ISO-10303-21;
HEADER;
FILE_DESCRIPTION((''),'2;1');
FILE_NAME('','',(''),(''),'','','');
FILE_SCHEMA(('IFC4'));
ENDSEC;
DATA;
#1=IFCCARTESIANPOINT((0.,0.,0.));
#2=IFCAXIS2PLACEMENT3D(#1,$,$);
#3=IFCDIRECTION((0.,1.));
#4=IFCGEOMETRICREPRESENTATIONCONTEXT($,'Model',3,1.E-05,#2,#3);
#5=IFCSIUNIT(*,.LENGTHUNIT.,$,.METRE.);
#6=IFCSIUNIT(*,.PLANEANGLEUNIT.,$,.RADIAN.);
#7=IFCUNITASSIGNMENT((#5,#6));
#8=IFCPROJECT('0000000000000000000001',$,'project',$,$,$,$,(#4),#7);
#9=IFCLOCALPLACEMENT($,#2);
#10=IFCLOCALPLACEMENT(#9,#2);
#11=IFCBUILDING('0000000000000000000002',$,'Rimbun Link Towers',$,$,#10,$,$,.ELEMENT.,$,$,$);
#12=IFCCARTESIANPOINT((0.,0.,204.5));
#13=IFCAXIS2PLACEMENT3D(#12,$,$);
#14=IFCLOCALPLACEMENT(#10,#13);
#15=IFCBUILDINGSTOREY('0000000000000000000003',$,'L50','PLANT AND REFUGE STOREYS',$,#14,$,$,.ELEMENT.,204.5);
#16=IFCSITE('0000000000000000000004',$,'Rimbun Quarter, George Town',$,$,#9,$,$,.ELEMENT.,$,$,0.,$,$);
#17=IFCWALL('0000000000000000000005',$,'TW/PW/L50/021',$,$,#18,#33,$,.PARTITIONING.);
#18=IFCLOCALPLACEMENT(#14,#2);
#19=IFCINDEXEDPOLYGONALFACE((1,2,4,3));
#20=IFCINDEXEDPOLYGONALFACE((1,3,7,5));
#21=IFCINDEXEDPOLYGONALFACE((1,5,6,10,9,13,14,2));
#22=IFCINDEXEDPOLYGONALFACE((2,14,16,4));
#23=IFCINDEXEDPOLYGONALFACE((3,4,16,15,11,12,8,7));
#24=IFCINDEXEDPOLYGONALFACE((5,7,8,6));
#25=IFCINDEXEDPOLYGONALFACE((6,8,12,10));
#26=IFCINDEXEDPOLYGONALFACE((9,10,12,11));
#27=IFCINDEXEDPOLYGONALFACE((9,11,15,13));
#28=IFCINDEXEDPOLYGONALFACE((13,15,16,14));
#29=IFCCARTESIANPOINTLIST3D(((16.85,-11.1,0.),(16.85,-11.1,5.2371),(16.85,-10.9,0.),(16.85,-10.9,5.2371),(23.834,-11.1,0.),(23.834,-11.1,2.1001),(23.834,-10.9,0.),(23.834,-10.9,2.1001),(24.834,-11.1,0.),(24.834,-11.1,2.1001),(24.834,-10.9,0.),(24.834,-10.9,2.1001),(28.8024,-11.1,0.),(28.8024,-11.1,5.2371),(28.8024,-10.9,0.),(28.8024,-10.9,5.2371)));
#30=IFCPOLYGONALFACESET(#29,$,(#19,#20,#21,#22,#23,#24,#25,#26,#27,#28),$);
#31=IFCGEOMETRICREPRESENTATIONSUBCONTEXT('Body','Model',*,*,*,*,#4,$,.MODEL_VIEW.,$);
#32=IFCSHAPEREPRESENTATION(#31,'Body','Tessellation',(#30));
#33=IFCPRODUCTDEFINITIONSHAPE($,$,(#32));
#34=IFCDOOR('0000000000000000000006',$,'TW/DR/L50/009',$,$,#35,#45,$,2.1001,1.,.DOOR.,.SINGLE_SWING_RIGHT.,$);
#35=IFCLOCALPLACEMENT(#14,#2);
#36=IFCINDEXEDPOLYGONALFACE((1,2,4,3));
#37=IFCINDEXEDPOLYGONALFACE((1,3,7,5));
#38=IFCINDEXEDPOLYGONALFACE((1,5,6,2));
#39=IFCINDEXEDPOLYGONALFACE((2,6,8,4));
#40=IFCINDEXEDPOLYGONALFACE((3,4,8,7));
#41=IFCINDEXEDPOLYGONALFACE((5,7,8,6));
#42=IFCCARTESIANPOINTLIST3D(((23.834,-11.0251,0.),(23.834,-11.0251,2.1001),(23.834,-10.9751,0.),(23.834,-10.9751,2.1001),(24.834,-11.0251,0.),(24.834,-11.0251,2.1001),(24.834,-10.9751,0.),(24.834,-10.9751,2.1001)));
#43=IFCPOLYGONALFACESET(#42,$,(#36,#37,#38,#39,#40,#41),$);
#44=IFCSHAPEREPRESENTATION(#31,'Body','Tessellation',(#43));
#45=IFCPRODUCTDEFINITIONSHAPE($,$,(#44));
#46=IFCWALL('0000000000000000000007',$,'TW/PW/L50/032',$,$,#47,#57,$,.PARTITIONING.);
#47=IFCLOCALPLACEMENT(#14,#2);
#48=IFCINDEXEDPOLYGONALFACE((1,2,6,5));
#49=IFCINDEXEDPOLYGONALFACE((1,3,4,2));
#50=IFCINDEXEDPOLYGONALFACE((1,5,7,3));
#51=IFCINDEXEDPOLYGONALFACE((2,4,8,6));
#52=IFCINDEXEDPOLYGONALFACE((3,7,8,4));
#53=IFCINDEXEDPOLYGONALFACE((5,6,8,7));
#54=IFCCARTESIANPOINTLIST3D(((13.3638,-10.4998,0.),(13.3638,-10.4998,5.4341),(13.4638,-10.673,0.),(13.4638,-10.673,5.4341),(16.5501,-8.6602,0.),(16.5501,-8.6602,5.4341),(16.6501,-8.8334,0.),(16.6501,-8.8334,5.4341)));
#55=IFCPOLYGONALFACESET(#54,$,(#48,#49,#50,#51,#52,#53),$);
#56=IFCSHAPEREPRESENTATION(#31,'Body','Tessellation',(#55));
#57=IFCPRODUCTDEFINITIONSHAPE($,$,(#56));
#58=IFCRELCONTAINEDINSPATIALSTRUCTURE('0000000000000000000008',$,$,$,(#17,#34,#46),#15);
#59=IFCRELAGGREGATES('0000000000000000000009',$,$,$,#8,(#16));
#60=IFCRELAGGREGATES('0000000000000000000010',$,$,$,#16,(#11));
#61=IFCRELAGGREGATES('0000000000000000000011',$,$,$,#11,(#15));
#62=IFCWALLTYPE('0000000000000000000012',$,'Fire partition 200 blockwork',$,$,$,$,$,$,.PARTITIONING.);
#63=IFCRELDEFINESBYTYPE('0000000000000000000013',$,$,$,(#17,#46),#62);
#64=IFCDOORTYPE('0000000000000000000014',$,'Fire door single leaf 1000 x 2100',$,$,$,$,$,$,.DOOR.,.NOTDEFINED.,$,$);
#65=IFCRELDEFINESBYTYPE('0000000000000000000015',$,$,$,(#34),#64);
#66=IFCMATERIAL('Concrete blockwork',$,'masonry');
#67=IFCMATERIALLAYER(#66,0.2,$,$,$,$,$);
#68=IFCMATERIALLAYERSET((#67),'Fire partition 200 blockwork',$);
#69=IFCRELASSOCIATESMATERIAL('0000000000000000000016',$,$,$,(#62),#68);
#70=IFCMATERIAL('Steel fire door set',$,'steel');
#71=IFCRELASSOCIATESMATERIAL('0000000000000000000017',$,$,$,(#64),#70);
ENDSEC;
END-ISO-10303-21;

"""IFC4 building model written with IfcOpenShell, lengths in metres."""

from ifc_helpers import new_model, si_unit, direction, frame, frame_2d, origin, place, context, subcontext, project, spatial, rectangle, extrude, material, layer, layer_set, type_object, element, fill, save


model = new_model("IFC4")

# Units and contexts
model_context = context("Model", 3, precision=1e-05, world=origin(), true_north=direction((0.0, 1.0)))
body_context = subcontext(model_context, "Body", "Model", "MODEL_VIEW")
ifc_project = project(units=[si_unit("LENGTHUNIT", "METRE"), si_unit("PLANEANGLEUNIT", "RADIAN")], contexts=[model_context])

# Site, building, storey
site_placement = place(None, origin())
site = spatial("IfcSite", under=ifc_project, at=site_placement, Name="Rimbun Quarter, George Town", CompositionType="ELEMENT", RefElevation=0.0)
building_placement = place(site_placement, origin())
building = spatial("IfcBuilding", under=site, at=building_placement, Name="Rimbun Link Towers", CompositionType="ELEMENT")
storey_placement = place(building_placement, frame((0.0, 0.0, 204.5)))
storey = spatial("IfcBuildingStorey", under=building, at=storey_placement, Name="L50", Description="PLANT AND REFUGE STOREYS", CompositionType="ELEMENT", Elevation=204.5)

# Shared definitions
ifc_material_1 = material(Name="Concrete blockwork", Category="masonry")
ifc_layer = layer(ifc_material_1, 0.2)
ifc_layer_set = layer_set([ifc_layer], Name="Fire partition 200 blockwork")
wall_type = type_object("IfcWallType", Name="Fire partition 200 blockwork", PredefinedType="PARTITIONING", material=ifc_layer_set)

# Wall, opening, door
wall_1_placement = place(storey_placement, frame((16.8501, -11.0, 0.0), z_axis=(0.0, 0.0, 1.0), x_axis=(1.0, 0.0, 0.0)))
wall_1 = element("IfcWall", 1, at=wall_1_placement, inside=storey, type_object=wall_type, Name="TW/PW/L50/021", PredefinedType="PARTITIONING", context=body_context, shape_type="SweptSolid", body=[
    extrude(rectangle(XDim=11.9524, YDim=0.2, at=frame_2d((5.9761, 0.0))), origin(), (0.0, 0.0, 1.0), 5.2371),
])
opening_placement = place(wall_1_placement, frame((6.9839, 0.0, 0.0)))
opening = element("IfcOpeningElement", 2, at=opening_placement, cuts=wall_1, PredefinedType="OPENING", context=body_context, shape_type="SweptSolid", body=[
    extrude(rectangle(XDim=1.0, YDim=2.1001, at=frame_2d((0.5, 1.05))), frame((0.0, 0.1099, 0.0), z_axis=(0.0, -1.0, 0.0), x_axis=(1.0, 0.0, 0.0)), (0.0, 0.0, 1.0), 0.22),
])
ifc_material_2 = material(Name="Steel fire door set", Category="steel")
door_type = type_object("IfcDoorType", Name="Fire door single leaf 1000 x 2100", OperationType="NOTDEFINED", PredefinedType="DOOR", material=ifc_material_2)
door_placement = place(opening_placement, origin())
door = element("IfcDoor", 3, at=door_placement, inside=storey, type_object=door_type, Name="TW/DR/L50/009", OperationType="SINGLE_SWING_RIGHT", OverallHeight=2.1001, OverallWidth=1.0, PredefinedType="DOOR", context=body_context, shape_type="SweptSolid", body=[
    extrude(rectangle(XDim=1.0, YDim=2.1001, at=frame_2d((0.5, 1.05))), frame((0.0, 0.0249, 0.0), z_axis=(0.0, -1.0, 0.0), x_axis=(1.0, 0.0, 0.0)), (0.0, 0.0, 1.0), 0.05),
])
fill(opening, door)

# Wall
wall_2_placement = place(storey_placement, frame((16.6001, -8.7468, 0.0), z_axis=(0.0, 0.0, 1.0), x_axis=(-0.866025, -0.5, 0.0)))
element("IfcWall", 4, at=wall_2_placement, inside=storey, type_object=wall_type, Name="TW/PW/L50/032", PredefinedType="PARTITIONING", context=body_context, shape_type="SweptSolid", body=[
    extrude(rectangle(XDim=3.6792, YDim=0.2, at=frame_2d((1.8396, 0.0))), origin(), (0.0, 0.0, 1.0), 5.4341),
])

save(model, "model.ifc")
